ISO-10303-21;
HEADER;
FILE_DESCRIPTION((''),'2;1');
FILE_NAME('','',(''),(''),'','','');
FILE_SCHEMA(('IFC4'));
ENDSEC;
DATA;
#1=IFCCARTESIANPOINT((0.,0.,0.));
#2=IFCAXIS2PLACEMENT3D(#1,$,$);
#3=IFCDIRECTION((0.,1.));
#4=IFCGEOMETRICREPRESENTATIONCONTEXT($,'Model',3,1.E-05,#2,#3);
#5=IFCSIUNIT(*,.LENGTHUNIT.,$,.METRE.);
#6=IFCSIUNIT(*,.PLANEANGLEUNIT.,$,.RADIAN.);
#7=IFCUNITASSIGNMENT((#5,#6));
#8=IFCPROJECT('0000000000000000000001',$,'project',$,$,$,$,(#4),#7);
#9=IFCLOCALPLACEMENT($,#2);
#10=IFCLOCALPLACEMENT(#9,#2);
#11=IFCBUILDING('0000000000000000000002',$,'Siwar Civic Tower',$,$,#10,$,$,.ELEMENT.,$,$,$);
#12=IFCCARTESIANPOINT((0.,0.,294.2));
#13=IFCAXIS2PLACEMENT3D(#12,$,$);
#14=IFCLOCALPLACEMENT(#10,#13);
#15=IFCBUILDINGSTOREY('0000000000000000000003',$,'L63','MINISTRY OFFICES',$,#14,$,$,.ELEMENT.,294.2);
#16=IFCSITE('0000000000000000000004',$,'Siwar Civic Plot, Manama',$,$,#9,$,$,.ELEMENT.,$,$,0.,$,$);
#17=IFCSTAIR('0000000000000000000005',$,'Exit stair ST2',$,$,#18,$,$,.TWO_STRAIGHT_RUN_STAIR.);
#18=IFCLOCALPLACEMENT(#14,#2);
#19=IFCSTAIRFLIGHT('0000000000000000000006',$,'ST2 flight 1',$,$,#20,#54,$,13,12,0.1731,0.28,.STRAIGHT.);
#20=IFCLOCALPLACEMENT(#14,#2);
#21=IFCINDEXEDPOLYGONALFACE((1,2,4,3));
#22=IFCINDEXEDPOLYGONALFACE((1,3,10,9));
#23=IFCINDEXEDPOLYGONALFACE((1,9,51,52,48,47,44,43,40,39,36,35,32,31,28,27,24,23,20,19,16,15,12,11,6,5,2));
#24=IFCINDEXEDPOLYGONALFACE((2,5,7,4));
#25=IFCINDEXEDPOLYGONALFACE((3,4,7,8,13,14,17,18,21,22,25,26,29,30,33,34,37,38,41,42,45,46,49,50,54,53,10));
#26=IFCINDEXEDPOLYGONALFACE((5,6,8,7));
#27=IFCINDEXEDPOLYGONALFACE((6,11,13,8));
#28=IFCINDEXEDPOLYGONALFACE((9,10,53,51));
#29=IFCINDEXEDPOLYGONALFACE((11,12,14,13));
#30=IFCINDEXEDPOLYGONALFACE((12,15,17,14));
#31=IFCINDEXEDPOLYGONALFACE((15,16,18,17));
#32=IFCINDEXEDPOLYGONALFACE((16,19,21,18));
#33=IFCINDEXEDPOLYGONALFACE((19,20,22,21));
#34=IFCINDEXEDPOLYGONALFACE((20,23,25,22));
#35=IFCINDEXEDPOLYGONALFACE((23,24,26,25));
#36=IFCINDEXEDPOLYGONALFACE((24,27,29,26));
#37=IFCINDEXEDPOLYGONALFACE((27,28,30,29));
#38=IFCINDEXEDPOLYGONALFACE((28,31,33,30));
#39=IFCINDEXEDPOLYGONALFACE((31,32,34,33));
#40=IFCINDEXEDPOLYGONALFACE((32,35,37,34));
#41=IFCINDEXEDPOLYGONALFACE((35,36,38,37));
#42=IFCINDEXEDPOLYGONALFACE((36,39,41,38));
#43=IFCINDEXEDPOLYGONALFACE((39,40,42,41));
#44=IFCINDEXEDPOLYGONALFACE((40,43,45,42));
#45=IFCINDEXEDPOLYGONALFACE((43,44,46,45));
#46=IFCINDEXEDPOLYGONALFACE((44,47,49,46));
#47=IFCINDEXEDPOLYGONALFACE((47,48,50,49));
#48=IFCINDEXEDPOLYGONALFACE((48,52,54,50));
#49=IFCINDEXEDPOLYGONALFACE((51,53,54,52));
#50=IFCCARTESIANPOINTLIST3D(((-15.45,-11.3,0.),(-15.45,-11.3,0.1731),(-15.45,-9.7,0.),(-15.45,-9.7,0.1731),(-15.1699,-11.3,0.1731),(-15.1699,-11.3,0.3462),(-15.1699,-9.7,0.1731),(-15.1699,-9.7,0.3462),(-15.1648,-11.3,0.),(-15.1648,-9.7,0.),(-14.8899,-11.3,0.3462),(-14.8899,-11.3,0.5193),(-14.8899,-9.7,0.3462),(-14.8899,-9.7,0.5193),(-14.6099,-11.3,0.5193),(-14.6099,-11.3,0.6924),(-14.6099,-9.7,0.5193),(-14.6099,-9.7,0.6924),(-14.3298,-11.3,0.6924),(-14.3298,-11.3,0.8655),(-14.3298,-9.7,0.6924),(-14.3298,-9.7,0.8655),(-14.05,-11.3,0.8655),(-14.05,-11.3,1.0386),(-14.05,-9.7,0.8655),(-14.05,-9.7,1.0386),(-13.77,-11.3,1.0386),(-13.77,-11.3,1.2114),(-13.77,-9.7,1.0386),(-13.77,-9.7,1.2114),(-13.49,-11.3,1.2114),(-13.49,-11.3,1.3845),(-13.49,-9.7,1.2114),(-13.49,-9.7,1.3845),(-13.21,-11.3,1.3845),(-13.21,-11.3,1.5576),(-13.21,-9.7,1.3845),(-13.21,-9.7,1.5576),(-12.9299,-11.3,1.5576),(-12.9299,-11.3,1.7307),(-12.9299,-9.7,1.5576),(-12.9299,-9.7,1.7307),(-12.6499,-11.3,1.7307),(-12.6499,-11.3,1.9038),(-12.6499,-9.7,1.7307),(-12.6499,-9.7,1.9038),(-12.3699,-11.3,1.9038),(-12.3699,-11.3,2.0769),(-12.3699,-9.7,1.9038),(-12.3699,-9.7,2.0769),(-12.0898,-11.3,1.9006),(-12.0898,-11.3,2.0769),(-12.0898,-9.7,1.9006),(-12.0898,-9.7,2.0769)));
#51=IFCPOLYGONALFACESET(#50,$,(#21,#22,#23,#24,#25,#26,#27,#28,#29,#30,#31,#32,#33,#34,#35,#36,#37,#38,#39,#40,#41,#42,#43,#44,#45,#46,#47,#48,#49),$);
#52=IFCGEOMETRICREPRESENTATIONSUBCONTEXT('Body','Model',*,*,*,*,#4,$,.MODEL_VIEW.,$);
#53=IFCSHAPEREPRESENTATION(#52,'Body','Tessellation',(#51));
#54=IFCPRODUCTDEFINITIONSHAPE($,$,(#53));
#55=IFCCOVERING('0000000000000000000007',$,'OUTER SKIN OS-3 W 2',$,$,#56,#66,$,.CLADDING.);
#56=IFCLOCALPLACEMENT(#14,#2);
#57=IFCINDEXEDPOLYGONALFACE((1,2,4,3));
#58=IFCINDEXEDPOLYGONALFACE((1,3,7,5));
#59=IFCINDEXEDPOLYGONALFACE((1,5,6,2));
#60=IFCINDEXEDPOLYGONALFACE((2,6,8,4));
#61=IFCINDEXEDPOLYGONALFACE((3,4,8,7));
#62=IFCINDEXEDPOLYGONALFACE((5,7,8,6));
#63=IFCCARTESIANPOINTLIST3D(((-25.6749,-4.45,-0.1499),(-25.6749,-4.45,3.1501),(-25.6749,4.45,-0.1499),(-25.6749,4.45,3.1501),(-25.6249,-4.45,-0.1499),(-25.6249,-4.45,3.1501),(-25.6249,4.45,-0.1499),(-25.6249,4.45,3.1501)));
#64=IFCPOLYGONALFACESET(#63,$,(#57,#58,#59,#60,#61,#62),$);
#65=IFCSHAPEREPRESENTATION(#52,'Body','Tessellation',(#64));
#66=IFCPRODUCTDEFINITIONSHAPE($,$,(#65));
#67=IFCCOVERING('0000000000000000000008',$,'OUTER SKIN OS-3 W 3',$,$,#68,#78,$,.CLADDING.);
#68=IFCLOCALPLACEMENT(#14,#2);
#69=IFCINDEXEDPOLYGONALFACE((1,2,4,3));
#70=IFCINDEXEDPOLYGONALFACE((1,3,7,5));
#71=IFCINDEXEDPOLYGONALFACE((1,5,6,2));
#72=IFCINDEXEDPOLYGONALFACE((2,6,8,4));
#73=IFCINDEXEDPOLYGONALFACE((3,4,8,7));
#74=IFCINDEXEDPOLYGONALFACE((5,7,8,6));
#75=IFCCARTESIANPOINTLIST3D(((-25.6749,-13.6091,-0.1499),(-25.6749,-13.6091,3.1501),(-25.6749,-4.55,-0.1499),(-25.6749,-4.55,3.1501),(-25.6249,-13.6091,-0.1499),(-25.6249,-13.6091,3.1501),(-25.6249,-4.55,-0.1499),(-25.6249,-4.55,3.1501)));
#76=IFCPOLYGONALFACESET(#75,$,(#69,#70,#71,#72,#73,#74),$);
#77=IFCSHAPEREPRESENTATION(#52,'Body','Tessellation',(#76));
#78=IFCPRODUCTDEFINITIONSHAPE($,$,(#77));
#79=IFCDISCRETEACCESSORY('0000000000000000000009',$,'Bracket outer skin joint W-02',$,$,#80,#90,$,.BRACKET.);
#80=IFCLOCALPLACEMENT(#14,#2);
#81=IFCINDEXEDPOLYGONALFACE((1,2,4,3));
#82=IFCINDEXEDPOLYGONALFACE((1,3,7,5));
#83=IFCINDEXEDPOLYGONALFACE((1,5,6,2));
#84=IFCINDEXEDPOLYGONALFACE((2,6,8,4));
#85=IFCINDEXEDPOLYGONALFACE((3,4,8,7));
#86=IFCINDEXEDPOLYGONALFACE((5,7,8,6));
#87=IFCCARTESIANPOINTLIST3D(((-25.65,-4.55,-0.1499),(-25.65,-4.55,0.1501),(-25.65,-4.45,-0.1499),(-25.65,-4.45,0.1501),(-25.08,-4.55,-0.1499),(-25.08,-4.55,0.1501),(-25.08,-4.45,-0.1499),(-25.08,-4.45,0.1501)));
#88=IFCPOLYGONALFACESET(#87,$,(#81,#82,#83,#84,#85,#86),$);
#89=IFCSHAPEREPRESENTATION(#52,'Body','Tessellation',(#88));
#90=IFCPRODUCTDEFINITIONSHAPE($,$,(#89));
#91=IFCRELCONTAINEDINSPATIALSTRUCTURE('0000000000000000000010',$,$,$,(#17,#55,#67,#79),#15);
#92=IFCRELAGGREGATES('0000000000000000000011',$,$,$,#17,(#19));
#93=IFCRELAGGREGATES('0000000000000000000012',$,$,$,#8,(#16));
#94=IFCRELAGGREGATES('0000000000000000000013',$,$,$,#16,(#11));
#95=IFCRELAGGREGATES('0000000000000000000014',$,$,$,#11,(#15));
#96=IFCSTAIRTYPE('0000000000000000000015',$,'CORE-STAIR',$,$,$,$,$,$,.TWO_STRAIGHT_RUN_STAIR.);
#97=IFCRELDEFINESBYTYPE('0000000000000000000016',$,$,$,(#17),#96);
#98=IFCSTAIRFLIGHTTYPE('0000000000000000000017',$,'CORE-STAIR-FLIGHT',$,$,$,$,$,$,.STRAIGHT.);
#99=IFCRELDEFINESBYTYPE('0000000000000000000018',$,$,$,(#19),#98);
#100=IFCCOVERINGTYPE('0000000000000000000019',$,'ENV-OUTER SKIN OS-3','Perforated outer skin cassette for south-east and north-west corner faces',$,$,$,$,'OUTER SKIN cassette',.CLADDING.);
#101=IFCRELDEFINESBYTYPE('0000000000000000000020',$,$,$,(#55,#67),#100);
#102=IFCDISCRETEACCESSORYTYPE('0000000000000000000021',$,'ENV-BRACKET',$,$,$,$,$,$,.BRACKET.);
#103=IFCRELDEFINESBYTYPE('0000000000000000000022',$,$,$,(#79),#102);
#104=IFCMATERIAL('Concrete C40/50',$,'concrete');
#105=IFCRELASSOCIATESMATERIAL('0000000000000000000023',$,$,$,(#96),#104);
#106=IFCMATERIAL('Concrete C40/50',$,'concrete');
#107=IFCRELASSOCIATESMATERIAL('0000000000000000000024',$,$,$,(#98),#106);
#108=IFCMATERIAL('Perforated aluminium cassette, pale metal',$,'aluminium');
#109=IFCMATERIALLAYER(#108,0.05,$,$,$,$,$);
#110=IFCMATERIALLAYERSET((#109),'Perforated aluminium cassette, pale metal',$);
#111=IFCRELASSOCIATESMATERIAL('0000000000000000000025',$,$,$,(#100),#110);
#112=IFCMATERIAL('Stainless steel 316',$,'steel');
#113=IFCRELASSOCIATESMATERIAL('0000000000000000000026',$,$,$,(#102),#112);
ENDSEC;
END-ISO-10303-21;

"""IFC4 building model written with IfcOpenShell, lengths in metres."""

from ifc_helpers import new_model, si_unit, direction, frame, origin, origin_2d, place, context, subcontext, project, spatial, polyline, rectangle, outline, extrude, material, layer, layer_set, type_object, element, aggregate, save


model = new_model("IFC4")

# Units and contexts
model_context = context("Model", 3, precision=1e-05, world=origin(), true_north=direction((0.0, 1.0)))
body_context = subcontext(model_context, "Body", "Model", "MODEL_VIEW")
ifc_project = project(units=[si_unit("LENGTHUNIT", "METRE"), si_unit("PLANEANGLEUNIT", "RADIAN")], contexts=[model_context])

# Site, building, storey
site_placement = place(None, origin())
site = spatial("IfcSite", under=ifc_project, at=site_placement, Name="Siwar Civic Plot, Manama", CompositionType="ELEMENT", RefElevation=0.0)
building_placement = place(site_placement, origin())
building = spatial("IfcBuilding", under=site, at=building_placement, Name="Siwar Civic Tower", CompositionType="ELEMENT")
storey_placement = place(building_placement, frame((0.0, 0.0, 294.2)))
storey = spatial("IfcBuildingStorey", under=building, at=storey_placement, Name="L63", Description="MINISTRY OFFICES", CompositionType="ELEMENT", Elevation=294.2)

# Stair, stair flight
ifc_material_1 = material(Name="Concrete C40/50", Category="concrete")
stair_type = type_object("IfcStairType", Name="CORE-STAIR", PredefinedType="TWO_STRAIGHT_RUN_STAIR", material=ifc_material_1)
stair_placement = place(storey_placement, origin())
stair = element("IfcStair", 1, at=stair_placement, inside=storey, type_object=stair_type, Name="Exit stair ST2", PredefinedType="TWO_STRAIGHT_RUN_STAIR")
ifc_material_2 = material(Name="Concrete C40/50", Category="concrete")
stair_flight_type = type_object("IfcStairFlightType", Name="CORE-STAIR-FLIGHT", PredefinedType="STRAIGHT", material=ifc_material_2)
stair_flight_placement = place(storey_placement, frame((-15.45, -10.5, 0.0), z_axis=(0.0, 0.0, 1.0), x_axis=(1.0, 0.0, 0.0)))
stair_flight = element("IfcStairFlight", 2, at=stair_flight_placement, type_object=stair_flight_type, Name="ST2 flight 1", NumberOfRisers=13, NumberOfTreads=12, PredefinedType="STRAIGHT", RiserHeight=0.1731, TreadLength=0.28, context=body_context, shape_type="SweptSolid", body=[
    extrude(outline(polyline([(0.0, 0.0), (0.0, 0.1731), (0.28, 0.1731), (0.28, 0.3462), (0.5601, 0.3462), (0.5601, 0.5193), (0.8401, 0.5193), (0.8401, 0.6924), (1.1201, 0.6924), (1.1201, 0.8655), (1.3999, 0.8655), (1.3999, 1.0386), (1.6799, 1.0386), (1.6799, 1.2114), (1.96, 1.2114), (1.96, 1.3845), (2.24, 1.3845), (2.24, 1.5576), (2.52, 1.5576), (2.52, 1.7307), (2.8, 1.7307), (2.8, 1.9038), (3.0801, 1.9038), (3.0801, 2.0769), (3.3601, 2.0769), (3.3601, 2.25), (3.3601, 1.9006), (0.2852, 0.0), (0.0, 0.0)])), frame((0.0, 0.8, 0.0), z_axis=(0.0, -1.0, 0.0), x_axis=(1.0, 0.0, 0.0)), (0.0, 0.0, 1.0), 1.6001),
])
aggregate(stair, [stair_flight])

# Coverings
ifc_material_3 = material(Name="Perforated aluminium cassette, pale metal", Category="aluminium")
ifc_layer_1 = layer(ifc_material_3, 0.05)
ifc_layer_set_1 = layer_set([ifc_layer_1], Name="Perforated aluminium cassette, pale metal")
covering_type = type_object("IfcCoveringType", Name="ENV-OUTER SKIN OS-3", Description="Perforated outer skin cassette for south-east and north-west corner faces", ElementType="OUTER SKIN cassette", PredefinedType="CLADDING", material=ifc_layer_set_1)
covering_1_placement = place(storey_placement, frame((-25.6499, 0.0, -0.1499), z_axis=(0.0, 0.0, 1.0), x_axis=(0.0, -1.0, 0.0)))
element("IfcCovering", 3, at=covering_1_placement, inside=storey, type_object=covering_type, Name="OUTER SKIN OS-3 W 2", PredefinedType="CLADDING", context=body_context, shape_type="SweptSolid", body=[
    extrude(rectangle(XDim=8.8999, YDim=0.05, at=origin_2d()), origin(), (0.0, 0.0, 1.0), 3.3),
])
covering_2_placement = place(storey_placement, frame((-25.6499, -9.0796, -0.1499), z_axis=(0.0, 0.0, 1.0), x_axis=(0.0, -1.0, 0.0)))
element("IfcCovering", 4, at=covering_2_placement, inside=storey, type_object=covering_type, Name="OUTER SKIN OS-3 W 3", PredefinedType="CLADDING", context=body_context, shape_type="SweptSolid", body=[
    extrude(rectangle(XDim=9.0591, YDim=0.05, at=origin_2d()), origin(), (0.0, 0.0, 1.0), 3.3),
])

# Discrete accessory
ifc_material_4 = material(Name="Stainless steel 316", Category="steel")
discrete_accessory_type = type_object("IfcDiscreteAccessoryType", Name="ENV-BRACKET", PredefinedType="BRACKET", material=ifc_material_4)
discrete_accessory_placement = place(storey_placement, frame((-25.365, -4.5, -0.1499), z_axis=(0.0, 0.0, 1.0), x_axis=(-1.0, 0.0, 0.0)))
element("IfcDiscreteAccessory", 5, at=discrete_accessory_placement, inside=storey, type_object=discrete_accessory_type, Name="Bracket outer skin joint W-02", PredefinedType="BRACKET", context=body_context, shape_type="SweptSolid", body=[
    extrude(rectangle(XDim=0.5701, YDim=0.1001, at=origin_2d()), origin(), (0.0, 0.0, 1.0), 0.3),
])

save(model, "model.ifc")
